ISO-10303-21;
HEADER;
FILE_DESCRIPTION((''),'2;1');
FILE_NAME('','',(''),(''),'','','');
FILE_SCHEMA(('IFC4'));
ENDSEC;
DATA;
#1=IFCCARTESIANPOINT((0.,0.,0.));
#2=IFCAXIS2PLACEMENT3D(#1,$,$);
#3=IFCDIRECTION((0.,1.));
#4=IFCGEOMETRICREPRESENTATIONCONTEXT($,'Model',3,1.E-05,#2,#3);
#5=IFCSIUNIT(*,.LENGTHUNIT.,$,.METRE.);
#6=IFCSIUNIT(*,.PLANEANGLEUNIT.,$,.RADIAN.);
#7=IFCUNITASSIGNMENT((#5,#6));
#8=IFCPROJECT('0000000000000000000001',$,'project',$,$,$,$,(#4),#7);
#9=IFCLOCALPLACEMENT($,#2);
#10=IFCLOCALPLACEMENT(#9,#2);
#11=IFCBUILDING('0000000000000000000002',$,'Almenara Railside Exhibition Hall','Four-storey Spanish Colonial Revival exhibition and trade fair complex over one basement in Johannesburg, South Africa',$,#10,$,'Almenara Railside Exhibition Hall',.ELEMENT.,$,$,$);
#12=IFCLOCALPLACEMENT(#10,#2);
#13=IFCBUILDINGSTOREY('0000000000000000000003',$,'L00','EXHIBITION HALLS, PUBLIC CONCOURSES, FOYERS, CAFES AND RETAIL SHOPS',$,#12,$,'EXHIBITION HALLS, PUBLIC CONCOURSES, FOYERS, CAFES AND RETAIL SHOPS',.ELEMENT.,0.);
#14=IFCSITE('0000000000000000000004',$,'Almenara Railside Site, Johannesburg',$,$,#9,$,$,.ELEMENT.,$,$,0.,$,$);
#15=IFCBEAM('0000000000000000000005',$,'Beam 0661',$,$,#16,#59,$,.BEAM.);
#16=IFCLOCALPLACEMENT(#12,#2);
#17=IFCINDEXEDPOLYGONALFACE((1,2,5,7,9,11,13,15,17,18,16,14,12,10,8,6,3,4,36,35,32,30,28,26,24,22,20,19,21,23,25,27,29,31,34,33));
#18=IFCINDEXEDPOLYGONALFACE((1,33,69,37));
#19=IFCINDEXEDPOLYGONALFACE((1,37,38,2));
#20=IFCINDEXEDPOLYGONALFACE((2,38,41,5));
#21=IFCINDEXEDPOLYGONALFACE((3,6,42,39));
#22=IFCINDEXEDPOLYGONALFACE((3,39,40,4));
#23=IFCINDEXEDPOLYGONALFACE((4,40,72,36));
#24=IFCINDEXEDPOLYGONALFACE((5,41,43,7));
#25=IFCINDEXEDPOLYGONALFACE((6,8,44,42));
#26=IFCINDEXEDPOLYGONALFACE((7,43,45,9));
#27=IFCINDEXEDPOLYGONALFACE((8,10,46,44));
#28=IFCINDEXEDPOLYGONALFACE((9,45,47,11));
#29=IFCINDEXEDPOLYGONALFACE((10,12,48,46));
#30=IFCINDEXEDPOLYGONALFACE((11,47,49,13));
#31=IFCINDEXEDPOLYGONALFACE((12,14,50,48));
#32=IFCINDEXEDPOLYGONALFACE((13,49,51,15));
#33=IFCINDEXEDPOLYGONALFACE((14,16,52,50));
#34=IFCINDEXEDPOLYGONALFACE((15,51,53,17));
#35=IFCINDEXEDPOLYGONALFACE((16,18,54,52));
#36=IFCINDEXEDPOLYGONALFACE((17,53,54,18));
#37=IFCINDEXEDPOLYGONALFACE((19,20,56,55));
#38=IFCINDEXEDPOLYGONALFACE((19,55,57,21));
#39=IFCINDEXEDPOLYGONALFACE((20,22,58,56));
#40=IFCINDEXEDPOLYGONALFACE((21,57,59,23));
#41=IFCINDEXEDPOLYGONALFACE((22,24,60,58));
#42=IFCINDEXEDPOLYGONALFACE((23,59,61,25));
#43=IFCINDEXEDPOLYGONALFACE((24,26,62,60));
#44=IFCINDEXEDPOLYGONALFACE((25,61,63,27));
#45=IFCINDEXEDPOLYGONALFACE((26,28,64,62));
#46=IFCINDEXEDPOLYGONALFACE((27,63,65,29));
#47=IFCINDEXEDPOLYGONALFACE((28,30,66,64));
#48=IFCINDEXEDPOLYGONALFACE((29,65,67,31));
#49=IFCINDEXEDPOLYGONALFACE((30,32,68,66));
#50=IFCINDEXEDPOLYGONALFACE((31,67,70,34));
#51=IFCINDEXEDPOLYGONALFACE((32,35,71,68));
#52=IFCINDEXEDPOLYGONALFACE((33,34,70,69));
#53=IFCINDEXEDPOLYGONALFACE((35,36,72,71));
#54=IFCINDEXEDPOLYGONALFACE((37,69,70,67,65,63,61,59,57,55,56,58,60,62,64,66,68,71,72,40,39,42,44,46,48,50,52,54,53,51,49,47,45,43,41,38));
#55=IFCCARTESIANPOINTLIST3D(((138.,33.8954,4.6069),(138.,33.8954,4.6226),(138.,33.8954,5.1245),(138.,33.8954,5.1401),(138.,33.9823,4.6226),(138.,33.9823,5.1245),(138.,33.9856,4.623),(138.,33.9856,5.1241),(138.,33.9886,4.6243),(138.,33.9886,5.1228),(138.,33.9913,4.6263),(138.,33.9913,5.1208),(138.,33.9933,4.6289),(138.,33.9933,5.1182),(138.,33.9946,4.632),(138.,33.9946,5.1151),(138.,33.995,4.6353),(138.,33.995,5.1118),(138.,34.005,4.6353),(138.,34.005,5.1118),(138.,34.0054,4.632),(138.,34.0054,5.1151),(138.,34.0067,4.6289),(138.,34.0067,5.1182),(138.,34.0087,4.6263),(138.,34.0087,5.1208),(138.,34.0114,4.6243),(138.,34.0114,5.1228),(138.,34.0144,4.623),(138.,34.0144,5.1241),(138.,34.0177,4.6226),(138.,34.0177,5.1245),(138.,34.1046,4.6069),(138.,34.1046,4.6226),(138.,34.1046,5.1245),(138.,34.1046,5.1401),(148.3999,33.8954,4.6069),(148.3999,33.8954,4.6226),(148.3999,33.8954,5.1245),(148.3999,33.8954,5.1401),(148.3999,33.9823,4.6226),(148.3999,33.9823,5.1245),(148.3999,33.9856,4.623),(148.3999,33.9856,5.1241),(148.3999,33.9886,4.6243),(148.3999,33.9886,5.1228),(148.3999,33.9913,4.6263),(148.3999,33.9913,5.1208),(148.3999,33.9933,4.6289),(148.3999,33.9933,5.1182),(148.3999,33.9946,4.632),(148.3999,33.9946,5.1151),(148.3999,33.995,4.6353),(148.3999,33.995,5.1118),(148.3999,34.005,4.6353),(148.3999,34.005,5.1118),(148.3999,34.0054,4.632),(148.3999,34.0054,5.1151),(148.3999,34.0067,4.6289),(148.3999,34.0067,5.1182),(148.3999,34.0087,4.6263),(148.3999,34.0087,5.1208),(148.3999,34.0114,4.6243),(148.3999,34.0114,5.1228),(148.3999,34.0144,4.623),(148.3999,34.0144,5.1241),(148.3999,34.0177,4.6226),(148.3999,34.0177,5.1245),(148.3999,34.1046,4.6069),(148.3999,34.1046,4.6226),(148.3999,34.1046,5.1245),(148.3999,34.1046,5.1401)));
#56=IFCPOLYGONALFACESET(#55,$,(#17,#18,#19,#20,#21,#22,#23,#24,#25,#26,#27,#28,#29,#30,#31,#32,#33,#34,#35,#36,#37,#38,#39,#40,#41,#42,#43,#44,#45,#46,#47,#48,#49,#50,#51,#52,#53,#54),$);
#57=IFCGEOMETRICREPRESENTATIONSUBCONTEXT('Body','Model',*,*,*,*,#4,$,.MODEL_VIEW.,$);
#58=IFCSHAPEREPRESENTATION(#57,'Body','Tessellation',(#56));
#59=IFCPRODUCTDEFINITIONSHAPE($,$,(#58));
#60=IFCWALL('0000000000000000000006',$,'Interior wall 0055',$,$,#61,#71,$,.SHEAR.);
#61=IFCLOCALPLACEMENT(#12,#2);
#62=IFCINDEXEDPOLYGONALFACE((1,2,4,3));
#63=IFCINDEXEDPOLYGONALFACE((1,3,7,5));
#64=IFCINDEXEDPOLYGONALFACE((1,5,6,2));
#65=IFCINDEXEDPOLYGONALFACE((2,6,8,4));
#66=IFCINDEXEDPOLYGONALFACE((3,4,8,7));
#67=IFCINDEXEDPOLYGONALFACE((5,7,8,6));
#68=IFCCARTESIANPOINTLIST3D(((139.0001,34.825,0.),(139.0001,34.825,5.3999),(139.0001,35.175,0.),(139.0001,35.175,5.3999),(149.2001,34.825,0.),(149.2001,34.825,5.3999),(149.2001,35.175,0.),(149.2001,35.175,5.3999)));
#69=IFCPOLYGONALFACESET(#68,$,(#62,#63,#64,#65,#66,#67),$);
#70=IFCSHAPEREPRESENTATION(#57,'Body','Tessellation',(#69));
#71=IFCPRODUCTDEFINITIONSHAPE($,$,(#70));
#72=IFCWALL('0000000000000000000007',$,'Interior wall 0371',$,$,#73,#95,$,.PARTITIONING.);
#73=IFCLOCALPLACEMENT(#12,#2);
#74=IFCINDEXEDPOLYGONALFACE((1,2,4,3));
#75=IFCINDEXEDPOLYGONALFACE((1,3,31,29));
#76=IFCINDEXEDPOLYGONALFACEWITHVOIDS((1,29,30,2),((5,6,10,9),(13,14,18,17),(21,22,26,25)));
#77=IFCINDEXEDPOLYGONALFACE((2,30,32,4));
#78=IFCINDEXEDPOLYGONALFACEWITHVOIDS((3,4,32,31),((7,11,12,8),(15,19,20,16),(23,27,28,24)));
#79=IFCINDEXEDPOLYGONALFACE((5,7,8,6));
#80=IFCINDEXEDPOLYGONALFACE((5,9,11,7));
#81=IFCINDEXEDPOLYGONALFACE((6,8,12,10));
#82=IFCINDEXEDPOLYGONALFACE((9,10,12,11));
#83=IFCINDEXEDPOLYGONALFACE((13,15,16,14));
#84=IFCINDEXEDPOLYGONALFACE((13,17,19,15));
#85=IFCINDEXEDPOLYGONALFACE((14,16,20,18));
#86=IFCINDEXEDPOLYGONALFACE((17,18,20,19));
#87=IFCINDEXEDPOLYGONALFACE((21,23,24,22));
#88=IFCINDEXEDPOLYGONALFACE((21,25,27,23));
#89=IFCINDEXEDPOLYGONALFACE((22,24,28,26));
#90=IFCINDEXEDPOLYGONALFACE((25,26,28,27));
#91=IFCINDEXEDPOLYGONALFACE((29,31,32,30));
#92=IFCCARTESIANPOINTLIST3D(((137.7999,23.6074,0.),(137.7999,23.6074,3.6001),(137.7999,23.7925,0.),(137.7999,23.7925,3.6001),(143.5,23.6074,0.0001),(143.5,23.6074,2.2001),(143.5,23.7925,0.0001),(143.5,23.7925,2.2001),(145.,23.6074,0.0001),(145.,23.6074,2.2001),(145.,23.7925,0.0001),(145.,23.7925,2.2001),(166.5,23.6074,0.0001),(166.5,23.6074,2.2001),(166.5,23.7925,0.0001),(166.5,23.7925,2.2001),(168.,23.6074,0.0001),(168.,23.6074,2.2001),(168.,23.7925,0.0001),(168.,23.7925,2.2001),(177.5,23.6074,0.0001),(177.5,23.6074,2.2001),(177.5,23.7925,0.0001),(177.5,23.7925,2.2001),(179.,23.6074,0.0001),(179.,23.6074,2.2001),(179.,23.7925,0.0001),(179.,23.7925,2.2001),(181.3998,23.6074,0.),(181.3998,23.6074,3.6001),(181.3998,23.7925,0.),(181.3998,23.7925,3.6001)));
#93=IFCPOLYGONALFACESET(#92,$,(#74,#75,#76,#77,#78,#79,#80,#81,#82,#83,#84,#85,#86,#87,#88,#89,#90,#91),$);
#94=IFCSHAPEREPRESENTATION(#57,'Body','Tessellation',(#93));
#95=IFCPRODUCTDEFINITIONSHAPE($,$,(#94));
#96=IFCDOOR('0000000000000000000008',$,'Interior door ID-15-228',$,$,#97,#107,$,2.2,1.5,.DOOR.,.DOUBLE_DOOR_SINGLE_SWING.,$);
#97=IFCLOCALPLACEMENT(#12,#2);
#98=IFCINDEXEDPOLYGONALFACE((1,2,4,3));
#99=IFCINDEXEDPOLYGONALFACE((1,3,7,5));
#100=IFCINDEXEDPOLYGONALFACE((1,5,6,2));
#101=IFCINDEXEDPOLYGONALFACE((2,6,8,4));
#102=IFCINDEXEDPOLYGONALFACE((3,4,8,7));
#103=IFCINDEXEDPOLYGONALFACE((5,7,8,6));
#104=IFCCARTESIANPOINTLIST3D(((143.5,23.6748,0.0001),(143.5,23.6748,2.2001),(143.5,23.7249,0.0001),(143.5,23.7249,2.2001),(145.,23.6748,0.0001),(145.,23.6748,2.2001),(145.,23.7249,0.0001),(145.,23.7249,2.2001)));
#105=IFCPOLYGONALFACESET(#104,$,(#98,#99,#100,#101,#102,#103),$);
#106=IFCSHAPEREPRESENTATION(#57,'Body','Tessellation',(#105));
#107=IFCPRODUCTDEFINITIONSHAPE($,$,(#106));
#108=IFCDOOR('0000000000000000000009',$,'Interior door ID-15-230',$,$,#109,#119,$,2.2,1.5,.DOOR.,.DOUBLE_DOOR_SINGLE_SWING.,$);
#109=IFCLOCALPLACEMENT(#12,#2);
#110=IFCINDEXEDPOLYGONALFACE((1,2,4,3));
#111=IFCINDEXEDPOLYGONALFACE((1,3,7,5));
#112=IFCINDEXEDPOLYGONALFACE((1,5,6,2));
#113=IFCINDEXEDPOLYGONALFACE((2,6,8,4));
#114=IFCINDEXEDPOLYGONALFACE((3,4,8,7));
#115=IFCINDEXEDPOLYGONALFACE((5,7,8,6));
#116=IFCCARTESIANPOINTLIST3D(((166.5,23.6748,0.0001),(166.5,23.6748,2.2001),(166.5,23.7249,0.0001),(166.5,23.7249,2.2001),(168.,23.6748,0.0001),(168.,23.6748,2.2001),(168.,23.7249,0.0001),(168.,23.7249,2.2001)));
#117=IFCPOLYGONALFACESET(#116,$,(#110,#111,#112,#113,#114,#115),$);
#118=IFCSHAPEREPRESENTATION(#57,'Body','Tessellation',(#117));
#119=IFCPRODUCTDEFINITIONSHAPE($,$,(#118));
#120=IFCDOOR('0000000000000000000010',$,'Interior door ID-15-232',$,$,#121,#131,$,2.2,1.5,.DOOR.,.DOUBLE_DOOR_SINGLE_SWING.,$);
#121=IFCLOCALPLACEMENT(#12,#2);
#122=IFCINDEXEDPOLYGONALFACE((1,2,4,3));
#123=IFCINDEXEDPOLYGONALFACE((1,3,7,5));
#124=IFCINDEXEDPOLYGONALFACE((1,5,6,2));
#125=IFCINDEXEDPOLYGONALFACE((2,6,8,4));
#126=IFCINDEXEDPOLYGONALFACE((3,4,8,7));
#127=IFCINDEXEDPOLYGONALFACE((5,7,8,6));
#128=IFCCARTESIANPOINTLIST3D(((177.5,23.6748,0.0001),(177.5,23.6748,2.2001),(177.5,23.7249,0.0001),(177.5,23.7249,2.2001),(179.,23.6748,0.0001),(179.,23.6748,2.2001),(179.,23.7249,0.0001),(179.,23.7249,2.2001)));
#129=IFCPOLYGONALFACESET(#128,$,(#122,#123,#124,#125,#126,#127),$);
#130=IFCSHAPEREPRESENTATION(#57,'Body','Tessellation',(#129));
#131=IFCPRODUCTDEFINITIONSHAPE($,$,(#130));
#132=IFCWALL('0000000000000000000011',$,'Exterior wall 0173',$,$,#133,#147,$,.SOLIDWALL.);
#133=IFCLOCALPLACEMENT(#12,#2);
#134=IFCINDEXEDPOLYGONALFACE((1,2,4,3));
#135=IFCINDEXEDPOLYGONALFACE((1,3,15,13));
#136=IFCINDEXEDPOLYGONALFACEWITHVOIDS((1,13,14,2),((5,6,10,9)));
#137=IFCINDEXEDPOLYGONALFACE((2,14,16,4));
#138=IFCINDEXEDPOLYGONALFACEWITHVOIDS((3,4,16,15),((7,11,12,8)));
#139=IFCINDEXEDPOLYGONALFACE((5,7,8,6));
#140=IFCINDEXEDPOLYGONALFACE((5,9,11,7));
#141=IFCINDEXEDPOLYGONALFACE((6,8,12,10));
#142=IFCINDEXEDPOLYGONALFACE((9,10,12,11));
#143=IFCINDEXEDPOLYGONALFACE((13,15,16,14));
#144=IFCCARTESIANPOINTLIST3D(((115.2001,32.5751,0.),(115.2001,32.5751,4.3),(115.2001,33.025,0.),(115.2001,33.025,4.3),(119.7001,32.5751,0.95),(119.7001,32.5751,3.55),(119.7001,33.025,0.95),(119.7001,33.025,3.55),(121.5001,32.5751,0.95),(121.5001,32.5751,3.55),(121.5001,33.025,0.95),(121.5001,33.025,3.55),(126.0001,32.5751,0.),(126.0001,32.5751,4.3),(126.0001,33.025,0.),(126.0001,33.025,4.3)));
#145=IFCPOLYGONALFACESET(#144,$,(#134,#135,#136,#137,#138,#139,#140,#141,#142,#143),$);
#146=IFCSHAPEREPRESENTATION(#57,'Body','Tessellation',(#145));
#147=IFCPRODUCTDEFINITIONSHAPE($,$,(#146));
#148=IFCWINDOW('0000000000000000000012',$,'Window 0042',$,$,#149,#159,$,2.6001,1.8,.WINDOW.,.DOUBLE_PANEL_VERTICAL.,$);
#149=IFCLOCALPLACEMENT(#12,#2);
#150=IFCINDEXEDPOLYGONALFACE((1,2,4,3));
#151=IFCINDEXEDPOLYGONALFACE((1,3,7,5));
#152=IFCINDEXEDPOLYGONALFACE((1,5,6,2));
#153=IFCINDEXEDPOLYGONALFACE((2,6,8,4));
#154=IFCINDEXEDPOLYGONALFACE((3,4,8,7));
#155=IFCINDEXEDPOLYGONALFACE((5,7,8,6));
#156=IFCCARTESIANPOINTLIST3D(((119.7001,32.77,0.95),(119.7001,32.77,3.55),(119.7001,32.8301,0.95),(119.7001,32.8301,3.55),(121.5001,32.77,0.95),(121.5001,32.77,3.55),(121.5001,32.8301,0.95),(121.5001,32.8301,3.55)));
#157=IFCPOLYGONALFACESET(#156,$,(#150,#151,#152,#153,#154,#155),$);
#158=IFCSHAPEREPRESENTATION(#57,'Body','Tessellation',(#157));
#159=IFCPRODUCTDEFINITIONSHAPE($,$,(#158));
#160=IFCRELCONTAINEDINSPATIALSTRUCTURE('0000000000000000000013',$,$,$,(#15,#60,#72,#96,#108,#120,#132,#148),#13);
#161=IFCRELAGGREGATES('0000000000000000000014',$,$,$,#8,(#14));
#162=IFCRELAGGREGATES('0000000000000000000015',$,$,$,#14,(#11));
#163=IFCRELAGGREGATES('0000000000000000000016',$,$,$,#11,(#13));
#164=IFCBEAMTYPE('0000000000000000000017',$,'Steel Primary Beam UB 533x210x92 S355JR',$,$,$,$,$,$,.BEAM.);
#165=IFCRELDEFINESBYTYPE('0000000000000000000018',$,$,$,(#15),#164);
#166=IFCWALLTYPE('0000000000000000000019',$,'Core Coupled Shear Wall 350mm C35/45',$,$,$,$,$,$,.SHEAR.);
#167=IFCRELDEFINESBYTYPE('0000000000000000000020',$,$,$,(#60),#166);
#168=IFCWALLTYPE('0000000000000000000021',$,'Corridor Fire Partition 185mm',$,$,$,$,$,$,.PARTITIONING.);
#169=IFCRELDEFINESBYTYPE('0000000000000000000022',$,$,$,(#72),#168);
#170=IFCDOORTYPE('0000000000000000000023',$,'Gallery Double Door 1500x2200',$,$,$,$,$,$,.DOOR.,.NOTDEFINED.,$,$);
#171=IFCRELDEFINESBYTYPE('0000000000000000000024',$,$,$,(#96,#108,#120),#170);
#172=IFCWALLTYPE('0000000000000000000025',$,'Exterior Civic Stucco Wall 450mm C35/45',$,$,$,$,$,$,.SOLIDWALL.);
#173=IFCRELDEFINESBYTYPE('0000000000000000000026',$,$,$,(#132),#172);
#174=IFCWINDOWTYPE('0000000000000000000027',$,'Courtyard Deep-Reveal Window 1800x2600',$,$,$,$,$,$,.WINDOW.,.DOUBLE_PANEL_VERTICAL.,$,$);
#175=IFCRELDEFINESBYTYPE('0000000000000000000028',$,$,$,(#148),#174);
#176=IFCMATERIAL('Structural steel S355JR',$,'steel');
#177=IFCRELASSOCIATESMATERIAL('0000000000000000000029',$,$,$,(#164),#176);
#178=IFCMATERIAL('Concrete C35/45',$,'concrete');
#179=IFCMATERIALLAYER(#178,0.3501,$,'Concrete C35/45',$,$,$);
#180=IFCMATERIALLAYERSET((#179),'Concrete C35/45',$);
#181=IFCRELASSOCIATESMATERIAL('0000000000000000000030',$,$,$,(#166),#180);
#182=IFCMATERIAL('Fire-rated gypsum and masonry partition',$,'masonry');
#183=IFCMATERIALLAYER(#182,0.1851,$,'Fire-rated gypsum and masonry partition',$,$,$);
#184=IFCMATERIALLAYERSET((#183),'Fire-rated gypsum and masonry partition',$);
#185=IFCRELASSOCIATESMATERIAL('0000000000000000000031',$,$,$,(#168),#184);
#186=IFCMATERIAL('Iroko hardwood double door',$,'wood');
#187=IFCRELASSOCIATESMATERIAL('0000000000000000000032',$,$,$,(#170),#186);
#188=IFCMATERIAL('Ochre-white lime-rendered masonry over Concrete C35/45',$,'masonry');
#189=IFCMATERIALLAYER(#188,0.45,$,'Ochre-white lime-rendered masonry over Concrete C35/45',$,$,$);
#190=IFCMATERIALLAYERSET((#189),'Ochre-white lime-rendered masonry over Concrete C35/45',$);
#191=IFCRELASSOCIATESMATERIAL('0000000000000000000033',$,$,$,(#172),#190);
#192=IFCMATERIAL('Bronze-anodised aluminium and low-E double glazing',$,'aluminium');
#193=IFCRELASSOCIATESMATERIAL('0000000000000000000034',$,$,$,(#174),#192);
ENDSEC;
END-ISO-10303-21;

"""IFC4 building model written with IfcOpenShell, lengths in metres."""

from ifc_helpers import new_model, si_unit, direction, frame, frame_2d, origin, origin_2d, place, context, subcontext, project, spatial, rectangle, i_section, extrude, material, layer, layer_set, material_profile, profile_set, type_object, element, fill, save


model = new_model("IFC4")

# Units and contexts
model_context = context("Model", 3, precision=1e-05, world=origin(), true_north=direction((0.0, 1.0)))
body_context = subcontext(model_context, "Body", "Model", "MODEL_VIEW")
ifc_project = project(units=[si_unit("LENGTHUNIT", "METRE"), si_unit("PLANEANGLEUNIT", "RADIAN")], contexts=[model_context])

# Site, building, storey
site_placement = place(None, origin())
site = spatial("IfcSite", under=ifc_project, at=site_placement, Name="Almenara Railside Site, Johannesburg", CompositionType="ELEMENT", RefElevation=0.0)
building_placement = place(site_placement, origin())
building = spatial("IfcBuilding", under=site, at=building_placement, Name="Almenara Railside Exhibition Hall", Description="Four-storey Spanish Colonial Revival exhibition and trade fair complex over one basement in Johannesburg, South Africa", LongName="Almenara Railside Exhibition Hall", CompositionType="ELEMENT")
storey_placement = place(building_placement, origin())
storey = spatial("IfcBuildingStorey", under=building, at=storey_placement, Name="L00", Description="EXHIBITION HALLS, PUBLIC CONCOURSES, FOYERS, CAFES AND RETAIL SHOPS", LongName="EXHIBITION HALLS, PUBLIC CONCOURSES, FOYERS, CAFES AND RETAIL SHOPS", CompositionType="ELEMENT", Elevation=0.0)

# Shared definitions
ifc_material_1 = material(Name="Concrete C35/45", Category="concrete")

# Beam
ifc_material_2 = material(Name="Structural steel S355JR", Category="steel")
ifc_material_profile_1 = material_profile(ifc_material_2, i_section(OverallWidth=0.2092, OverallDepth=0.5332, WebThickness=0.01, FlangeThickness=0.0156, FilletRadius=0.0127, at=origin_2d()), Name="UB 533x210x92")
ifc_profile_set_1 = profile_set([ifc_material_profile_1], Name="Structural steel S355JR")
beam_type_1 = type_object("IfcBeamType", Name="Steel Primary Beam UB 533x210x92 S355JR", PredefinedType="BEAM", material=ifc_profile_set_1)
beam_1_placement = place(storey_placement, frame((138.0, 34.0, 4.8735), z_axis=(1.0, 0.0, 0.0), x_axis=(0.0, 1.0, 0.0)))
element("IfcBeam", 1, at=beam_1_placement, inside=storey, type_object=beam_type_1, Name="Beam 0661", PredefinedType="BEAM", context=body_context, shape_type="SweptSolid", body=[
    extrude(i_section(OverallWidth=0.2092, OverallDepth=0.5332, WebThickness=0.01, FlangeThickness=0.0156, FilletRadius=0.0127, at=origin_2d()), origin(), (0.0, 0.0, 1.0), 10.3999),
])

# Wall
ifc_layer_1 = layer(ifc_material_1, 0.3501, Name="Concrete C35/45")
ifc_layer_set_1 = layer_set([ifc_layer_1], Name="Concrete C35/45")
wall_type_1 = type_object("IfcWallType", Name="Core Coupled Shear Wall 350mm C35/45", PredefinedType="SHEAR", material=ifc_layer_set_1)
wall_1_placement = place(storey_placement, frame((139.0, 35.0, 0.0), z_axis=(0.0, 0.0, 1.0), x_axis=(1.0, 0.0, 0.0)))
element("IfcWall", 2, at=wall_1_placement, inside=storey, type_object=wall_type_1, Name="Interior wall 0055", PredefinedType="SHEAR", context=body_context, shape_type="SweptSolid", body=[
    extrude(rectangle(XDim=10.2, YDim=0.3501, at=frame_2d((5.1001, 0.0))), origin(), (0.0, 0.0, 1.0), 5.3999),
])

# Wall, openings, doors
ifc_material_3 = material(Name="Fire-rated gypsum and masonry partition", Category="masonry")
ifc_layer_2 = layer(ifc_material_3, 0.1851, Name="Fire-rated gypsum and masonry partition")
ifc_layer_set_2 = layer_set([ifc_layer_2], Name="Fire-rated gypsum and masonry partition")
wall_type_2 = type_object("IfcWallType", Name="Corridor Fire Partition 185mm", PredefinedType="PARTITIONING", material=ifc_layer_set_2)
wall_2_placement = place(storey_placement, frame((137.8, 23.7, 0.0), z_axis=(0.0, 0.0, 1.0), x_axis=(1.0, 0.0, 0.0)))
wall_2 = element("IfcWall", 3, at=wall_2_placement, inside=storey, type_object=wall_type_2, Name="Interior wall 0371", PredefinedType="PARTITIONING", context=body_context, shape_type="SweptSolid", body=[
    extrude(rectangle(XDim=43.5999, YDim=0.1851, at=frame_2d((21.7998, 0.0))), origin(), (0.0, 0.0, 1.0), 3.6001),
])
opening_1_placement = place(wall_2_placement, frame((5.7, 0.0, 0.0)))
opening_1 = element("IfcOpeningElement", 4, at=opening_1_placement, cuts=wall_2, PredefinedType="OPENING", context=body_context, shape_type="SweptSolid", body=[
    extrude(rectangle(XDim=1.5, YDim=2.2, at=frame_2d((0.75, 1.1001))), frame((0.0, 0.1025, 0.0), z_axis=(0.0, -1.0, 0.0), x_axis=(1.0, 0.0, 0.0)), (0.0, 0.0, 1.0), 0.2051),
])
opening_2_placement = place(wall_2_placement, frame((28.7, 0.0, 0.0)))
opening_2 = element("IfcOpeningElement", 5, at=opening_2_placement, cuts=wall_2, PredefinedType="OPENING", context=body_context, shape_type="SweptSolid", body=[
    extrude(rectangle(XDim=1.5, YDim=2.2, at=frame_2d((0.75, 1.1001))), frame((0.0, 0.1025, 0.0), z_axis=(0.0, -1.0, 0.0), x_axis=(1.0, 0.0, 0.0)), (0.0, 0.0, 1.0), 0.2051),
])
opening_3_placement = place(wall_2_placement, frame((39.7, 0.0, 0.0)))
opening_3 = element("IfcOpeningElement", 6, at=opening_3_placement, cuts=wall_2, PredefinedType="OPENING", context=body_context, shape_type="SweptSolid", body=[
    extrude(rectangle(XDim=1.5, YDim=2.2, at=frame_2d((0.75, 1.1001))), frame((0.0, 0.1025, 0.0), z_axis=(0.0, -1.0, 0.0), x_axis=(1.0, 0.0, 0.0)), (0.0, 0.0, 1.0), 0.2051),
])
ifc_material_4 = material(Name="Iroko hardwood double door", Category="wood")
door_type = type_object("IfcDoorType", Name="Gallery Double Door 1500x2200", OperationType="NOTDEFINED", PredefinedType="DOOR", material=ifc_material_4)
door_1_placement = place(opening_1_placement, origin())
door_1 = element("IfcDoor", 7, at=door_1_placement, inside=storey, type_object=door_type, Name="Interior door ID-15-228", OperationType="DOUBLE_DOOR_SINGLE_SWING", OverallHeight=2.2, OverallWidth=1.5, PredefinedType="DOOR", context=body_context, shape_type="SweptSolid", body=[
    extrude(rectangle(XDim=1.5, YDim=2.2, at=frame_2d((0.75, 1.1001))), frame((0.0, 0.0249, 0.0), z_axis=(0.0, -1.0, 0.0), x_axis=(1.0, 0.0, 0.0)), (0.0, 0.0, 1.0), 0.05),
])
fill(opening_1, door_1)
door_2_placement = place(opening_2_placement, origin())
door_2 = element("IfcDoor", 8, at=door_2_placement, inside=storey, type_object=door_type, Name="Interior door ID-15-230", OperationType="DOUBLE_DOOR_SINGLE_SWING", OverallHeight=2.2, OverallWidth=1.5, PredefinedType="DOOR", context=body_context, shape_type="SweptSolid", body=[
    extrude(rectangle(XDim=1.5, YDim=2.2, at=frame_2d((0.75, 1.1001))), frame((0.0, 0.0249, 0.0), z_axis=(0.0, -1.0, 0.0), x_axis=(1.0, 0.0, 0.0)), (0.0, 0.0, 1.0), 0.05),
])
fill(opening_2, door_2)
door_3_placement = place(opening_3_placement, origin())
door_3 = element("IfcDoor", 9, at=door_3_placement, inside=storey, type_object=door_type, Name="Interior door ID-15-232", OperationType="DOUBLE_DOOR_SINGLE_SWING", OverallHeight=2.2, OverallWidth=1.5, PredefinedType="DOOR", context=body_context, shape_type="SweptSolid", body=[
    extrude(rectangle(XDim=1.5, YDim=2.2, at=frame_2d((0.75, 1.1001))), frame((0.0, 0.0249, 0.0), z_axis=(0.0, -1.0, 0.0), x_axis=(1.0, 0.0, 0.0)), (0.0, 0.0, 1.0), 0.05),
])
fill(opening_3, door_3)

# Wall, opening, window
ifc_material_5 = material(Name="Ochre-white lime-rendered masonry over Concrete C35/45", Category="masonry")
ifc_layer_3 = layer(ifc_material_5, 0.45, Name="Ochre-white lime-rendered masonry over Concrete C35/45")
ifc_layer_set_3 = layer_set([ifc_layer_3], Name="Ochre-white lime-rendered masonry over Concrete C35/45")
wall_type_3 = type_object("IfcWallType", Name="Exterior Civic Stucco Wall 450mm C35/45", PredefinedType="SOLIDWALL", material=ifc_layer_set_3)
wall_3_placement = place(storey_placement, frame((126.0, 32.8, 0.0), z_axis=(0.0, 0.0, 1.0), x_axis=(-1.0, 0.0, 0.0)))
wall_3 = element("IfcWall", 10, at=wall_3_placement, inside=storey, type_object=wall_type_3, Name="Exterior wall 0173", PredefinedType="SOLIDWALL", context=body_context, shape_type="SweptSolid", body=[
    extrude(rectangle(XDim=10.8, YDim=0.45, at=frame_2d((5.3999, 0.0))), origin(), (0.0, 0.0, 1.0), 4.3),
])
opening_4_placement = place(wall_3_placement, frame((4.5, 0.0, 0.95)))
opening_4 = element("IfcOpeningElement", 11, at=opening_4_placement, cuts=wall_3, PredefinedType="OPENING", context=body_context, shape_type="SweptSolid", body=[
    extrude(rectangle(XDim=1.8, YDim=2.6001, at=frame_2d((0.8999, 1.3))), frame((0.0, 0.2349, 0.0), z_axis=(0.0, -1.0, 0.0), x_axis=(1.0, 0.0, 0.0)), (0.0, 0.0, 1.0), 0.47),
])
ifc_material_6 = material(Name="Bronze-anodised aluminium and low-E double glazing", Category="aluminium")
window_type = type_object("IfcWindowType", Name="Courtyard Deep-Reveal Window 1800x2600", PartitioningType="DOUBLE_PANEL_VERTICAL", PredefinedType="WINDOW", material=ifc_material_6)
window_1_placement = place(opening_4_placement, origin())
window_1 = element("IfcWindow", 12, at=window_1_placement, inside=storey, type_object=window_type, Name="Window 0042", OverallHeight=2.6001, OverallWidth=1.8, PartitioningType="DOUBLE_PANEL_VERTICAL", PredefinedType="WINDOW", context=body_context, shape_type="SweptSolid", body=[
    extrude(rectangle(XDim=1.8, YDim=2.6001, at=frame_2d((0.8999, 1.3))), frame((0.0, 0.03, 0.0), z_axis=(0.0, -1.0, 0.0), x_axis=(1.0, 0.0, 0.0)), (0.0, 0.0, 1.0), 0.0601),
])
fill(opening_4, window_1)

save(model, "model.ifc")
